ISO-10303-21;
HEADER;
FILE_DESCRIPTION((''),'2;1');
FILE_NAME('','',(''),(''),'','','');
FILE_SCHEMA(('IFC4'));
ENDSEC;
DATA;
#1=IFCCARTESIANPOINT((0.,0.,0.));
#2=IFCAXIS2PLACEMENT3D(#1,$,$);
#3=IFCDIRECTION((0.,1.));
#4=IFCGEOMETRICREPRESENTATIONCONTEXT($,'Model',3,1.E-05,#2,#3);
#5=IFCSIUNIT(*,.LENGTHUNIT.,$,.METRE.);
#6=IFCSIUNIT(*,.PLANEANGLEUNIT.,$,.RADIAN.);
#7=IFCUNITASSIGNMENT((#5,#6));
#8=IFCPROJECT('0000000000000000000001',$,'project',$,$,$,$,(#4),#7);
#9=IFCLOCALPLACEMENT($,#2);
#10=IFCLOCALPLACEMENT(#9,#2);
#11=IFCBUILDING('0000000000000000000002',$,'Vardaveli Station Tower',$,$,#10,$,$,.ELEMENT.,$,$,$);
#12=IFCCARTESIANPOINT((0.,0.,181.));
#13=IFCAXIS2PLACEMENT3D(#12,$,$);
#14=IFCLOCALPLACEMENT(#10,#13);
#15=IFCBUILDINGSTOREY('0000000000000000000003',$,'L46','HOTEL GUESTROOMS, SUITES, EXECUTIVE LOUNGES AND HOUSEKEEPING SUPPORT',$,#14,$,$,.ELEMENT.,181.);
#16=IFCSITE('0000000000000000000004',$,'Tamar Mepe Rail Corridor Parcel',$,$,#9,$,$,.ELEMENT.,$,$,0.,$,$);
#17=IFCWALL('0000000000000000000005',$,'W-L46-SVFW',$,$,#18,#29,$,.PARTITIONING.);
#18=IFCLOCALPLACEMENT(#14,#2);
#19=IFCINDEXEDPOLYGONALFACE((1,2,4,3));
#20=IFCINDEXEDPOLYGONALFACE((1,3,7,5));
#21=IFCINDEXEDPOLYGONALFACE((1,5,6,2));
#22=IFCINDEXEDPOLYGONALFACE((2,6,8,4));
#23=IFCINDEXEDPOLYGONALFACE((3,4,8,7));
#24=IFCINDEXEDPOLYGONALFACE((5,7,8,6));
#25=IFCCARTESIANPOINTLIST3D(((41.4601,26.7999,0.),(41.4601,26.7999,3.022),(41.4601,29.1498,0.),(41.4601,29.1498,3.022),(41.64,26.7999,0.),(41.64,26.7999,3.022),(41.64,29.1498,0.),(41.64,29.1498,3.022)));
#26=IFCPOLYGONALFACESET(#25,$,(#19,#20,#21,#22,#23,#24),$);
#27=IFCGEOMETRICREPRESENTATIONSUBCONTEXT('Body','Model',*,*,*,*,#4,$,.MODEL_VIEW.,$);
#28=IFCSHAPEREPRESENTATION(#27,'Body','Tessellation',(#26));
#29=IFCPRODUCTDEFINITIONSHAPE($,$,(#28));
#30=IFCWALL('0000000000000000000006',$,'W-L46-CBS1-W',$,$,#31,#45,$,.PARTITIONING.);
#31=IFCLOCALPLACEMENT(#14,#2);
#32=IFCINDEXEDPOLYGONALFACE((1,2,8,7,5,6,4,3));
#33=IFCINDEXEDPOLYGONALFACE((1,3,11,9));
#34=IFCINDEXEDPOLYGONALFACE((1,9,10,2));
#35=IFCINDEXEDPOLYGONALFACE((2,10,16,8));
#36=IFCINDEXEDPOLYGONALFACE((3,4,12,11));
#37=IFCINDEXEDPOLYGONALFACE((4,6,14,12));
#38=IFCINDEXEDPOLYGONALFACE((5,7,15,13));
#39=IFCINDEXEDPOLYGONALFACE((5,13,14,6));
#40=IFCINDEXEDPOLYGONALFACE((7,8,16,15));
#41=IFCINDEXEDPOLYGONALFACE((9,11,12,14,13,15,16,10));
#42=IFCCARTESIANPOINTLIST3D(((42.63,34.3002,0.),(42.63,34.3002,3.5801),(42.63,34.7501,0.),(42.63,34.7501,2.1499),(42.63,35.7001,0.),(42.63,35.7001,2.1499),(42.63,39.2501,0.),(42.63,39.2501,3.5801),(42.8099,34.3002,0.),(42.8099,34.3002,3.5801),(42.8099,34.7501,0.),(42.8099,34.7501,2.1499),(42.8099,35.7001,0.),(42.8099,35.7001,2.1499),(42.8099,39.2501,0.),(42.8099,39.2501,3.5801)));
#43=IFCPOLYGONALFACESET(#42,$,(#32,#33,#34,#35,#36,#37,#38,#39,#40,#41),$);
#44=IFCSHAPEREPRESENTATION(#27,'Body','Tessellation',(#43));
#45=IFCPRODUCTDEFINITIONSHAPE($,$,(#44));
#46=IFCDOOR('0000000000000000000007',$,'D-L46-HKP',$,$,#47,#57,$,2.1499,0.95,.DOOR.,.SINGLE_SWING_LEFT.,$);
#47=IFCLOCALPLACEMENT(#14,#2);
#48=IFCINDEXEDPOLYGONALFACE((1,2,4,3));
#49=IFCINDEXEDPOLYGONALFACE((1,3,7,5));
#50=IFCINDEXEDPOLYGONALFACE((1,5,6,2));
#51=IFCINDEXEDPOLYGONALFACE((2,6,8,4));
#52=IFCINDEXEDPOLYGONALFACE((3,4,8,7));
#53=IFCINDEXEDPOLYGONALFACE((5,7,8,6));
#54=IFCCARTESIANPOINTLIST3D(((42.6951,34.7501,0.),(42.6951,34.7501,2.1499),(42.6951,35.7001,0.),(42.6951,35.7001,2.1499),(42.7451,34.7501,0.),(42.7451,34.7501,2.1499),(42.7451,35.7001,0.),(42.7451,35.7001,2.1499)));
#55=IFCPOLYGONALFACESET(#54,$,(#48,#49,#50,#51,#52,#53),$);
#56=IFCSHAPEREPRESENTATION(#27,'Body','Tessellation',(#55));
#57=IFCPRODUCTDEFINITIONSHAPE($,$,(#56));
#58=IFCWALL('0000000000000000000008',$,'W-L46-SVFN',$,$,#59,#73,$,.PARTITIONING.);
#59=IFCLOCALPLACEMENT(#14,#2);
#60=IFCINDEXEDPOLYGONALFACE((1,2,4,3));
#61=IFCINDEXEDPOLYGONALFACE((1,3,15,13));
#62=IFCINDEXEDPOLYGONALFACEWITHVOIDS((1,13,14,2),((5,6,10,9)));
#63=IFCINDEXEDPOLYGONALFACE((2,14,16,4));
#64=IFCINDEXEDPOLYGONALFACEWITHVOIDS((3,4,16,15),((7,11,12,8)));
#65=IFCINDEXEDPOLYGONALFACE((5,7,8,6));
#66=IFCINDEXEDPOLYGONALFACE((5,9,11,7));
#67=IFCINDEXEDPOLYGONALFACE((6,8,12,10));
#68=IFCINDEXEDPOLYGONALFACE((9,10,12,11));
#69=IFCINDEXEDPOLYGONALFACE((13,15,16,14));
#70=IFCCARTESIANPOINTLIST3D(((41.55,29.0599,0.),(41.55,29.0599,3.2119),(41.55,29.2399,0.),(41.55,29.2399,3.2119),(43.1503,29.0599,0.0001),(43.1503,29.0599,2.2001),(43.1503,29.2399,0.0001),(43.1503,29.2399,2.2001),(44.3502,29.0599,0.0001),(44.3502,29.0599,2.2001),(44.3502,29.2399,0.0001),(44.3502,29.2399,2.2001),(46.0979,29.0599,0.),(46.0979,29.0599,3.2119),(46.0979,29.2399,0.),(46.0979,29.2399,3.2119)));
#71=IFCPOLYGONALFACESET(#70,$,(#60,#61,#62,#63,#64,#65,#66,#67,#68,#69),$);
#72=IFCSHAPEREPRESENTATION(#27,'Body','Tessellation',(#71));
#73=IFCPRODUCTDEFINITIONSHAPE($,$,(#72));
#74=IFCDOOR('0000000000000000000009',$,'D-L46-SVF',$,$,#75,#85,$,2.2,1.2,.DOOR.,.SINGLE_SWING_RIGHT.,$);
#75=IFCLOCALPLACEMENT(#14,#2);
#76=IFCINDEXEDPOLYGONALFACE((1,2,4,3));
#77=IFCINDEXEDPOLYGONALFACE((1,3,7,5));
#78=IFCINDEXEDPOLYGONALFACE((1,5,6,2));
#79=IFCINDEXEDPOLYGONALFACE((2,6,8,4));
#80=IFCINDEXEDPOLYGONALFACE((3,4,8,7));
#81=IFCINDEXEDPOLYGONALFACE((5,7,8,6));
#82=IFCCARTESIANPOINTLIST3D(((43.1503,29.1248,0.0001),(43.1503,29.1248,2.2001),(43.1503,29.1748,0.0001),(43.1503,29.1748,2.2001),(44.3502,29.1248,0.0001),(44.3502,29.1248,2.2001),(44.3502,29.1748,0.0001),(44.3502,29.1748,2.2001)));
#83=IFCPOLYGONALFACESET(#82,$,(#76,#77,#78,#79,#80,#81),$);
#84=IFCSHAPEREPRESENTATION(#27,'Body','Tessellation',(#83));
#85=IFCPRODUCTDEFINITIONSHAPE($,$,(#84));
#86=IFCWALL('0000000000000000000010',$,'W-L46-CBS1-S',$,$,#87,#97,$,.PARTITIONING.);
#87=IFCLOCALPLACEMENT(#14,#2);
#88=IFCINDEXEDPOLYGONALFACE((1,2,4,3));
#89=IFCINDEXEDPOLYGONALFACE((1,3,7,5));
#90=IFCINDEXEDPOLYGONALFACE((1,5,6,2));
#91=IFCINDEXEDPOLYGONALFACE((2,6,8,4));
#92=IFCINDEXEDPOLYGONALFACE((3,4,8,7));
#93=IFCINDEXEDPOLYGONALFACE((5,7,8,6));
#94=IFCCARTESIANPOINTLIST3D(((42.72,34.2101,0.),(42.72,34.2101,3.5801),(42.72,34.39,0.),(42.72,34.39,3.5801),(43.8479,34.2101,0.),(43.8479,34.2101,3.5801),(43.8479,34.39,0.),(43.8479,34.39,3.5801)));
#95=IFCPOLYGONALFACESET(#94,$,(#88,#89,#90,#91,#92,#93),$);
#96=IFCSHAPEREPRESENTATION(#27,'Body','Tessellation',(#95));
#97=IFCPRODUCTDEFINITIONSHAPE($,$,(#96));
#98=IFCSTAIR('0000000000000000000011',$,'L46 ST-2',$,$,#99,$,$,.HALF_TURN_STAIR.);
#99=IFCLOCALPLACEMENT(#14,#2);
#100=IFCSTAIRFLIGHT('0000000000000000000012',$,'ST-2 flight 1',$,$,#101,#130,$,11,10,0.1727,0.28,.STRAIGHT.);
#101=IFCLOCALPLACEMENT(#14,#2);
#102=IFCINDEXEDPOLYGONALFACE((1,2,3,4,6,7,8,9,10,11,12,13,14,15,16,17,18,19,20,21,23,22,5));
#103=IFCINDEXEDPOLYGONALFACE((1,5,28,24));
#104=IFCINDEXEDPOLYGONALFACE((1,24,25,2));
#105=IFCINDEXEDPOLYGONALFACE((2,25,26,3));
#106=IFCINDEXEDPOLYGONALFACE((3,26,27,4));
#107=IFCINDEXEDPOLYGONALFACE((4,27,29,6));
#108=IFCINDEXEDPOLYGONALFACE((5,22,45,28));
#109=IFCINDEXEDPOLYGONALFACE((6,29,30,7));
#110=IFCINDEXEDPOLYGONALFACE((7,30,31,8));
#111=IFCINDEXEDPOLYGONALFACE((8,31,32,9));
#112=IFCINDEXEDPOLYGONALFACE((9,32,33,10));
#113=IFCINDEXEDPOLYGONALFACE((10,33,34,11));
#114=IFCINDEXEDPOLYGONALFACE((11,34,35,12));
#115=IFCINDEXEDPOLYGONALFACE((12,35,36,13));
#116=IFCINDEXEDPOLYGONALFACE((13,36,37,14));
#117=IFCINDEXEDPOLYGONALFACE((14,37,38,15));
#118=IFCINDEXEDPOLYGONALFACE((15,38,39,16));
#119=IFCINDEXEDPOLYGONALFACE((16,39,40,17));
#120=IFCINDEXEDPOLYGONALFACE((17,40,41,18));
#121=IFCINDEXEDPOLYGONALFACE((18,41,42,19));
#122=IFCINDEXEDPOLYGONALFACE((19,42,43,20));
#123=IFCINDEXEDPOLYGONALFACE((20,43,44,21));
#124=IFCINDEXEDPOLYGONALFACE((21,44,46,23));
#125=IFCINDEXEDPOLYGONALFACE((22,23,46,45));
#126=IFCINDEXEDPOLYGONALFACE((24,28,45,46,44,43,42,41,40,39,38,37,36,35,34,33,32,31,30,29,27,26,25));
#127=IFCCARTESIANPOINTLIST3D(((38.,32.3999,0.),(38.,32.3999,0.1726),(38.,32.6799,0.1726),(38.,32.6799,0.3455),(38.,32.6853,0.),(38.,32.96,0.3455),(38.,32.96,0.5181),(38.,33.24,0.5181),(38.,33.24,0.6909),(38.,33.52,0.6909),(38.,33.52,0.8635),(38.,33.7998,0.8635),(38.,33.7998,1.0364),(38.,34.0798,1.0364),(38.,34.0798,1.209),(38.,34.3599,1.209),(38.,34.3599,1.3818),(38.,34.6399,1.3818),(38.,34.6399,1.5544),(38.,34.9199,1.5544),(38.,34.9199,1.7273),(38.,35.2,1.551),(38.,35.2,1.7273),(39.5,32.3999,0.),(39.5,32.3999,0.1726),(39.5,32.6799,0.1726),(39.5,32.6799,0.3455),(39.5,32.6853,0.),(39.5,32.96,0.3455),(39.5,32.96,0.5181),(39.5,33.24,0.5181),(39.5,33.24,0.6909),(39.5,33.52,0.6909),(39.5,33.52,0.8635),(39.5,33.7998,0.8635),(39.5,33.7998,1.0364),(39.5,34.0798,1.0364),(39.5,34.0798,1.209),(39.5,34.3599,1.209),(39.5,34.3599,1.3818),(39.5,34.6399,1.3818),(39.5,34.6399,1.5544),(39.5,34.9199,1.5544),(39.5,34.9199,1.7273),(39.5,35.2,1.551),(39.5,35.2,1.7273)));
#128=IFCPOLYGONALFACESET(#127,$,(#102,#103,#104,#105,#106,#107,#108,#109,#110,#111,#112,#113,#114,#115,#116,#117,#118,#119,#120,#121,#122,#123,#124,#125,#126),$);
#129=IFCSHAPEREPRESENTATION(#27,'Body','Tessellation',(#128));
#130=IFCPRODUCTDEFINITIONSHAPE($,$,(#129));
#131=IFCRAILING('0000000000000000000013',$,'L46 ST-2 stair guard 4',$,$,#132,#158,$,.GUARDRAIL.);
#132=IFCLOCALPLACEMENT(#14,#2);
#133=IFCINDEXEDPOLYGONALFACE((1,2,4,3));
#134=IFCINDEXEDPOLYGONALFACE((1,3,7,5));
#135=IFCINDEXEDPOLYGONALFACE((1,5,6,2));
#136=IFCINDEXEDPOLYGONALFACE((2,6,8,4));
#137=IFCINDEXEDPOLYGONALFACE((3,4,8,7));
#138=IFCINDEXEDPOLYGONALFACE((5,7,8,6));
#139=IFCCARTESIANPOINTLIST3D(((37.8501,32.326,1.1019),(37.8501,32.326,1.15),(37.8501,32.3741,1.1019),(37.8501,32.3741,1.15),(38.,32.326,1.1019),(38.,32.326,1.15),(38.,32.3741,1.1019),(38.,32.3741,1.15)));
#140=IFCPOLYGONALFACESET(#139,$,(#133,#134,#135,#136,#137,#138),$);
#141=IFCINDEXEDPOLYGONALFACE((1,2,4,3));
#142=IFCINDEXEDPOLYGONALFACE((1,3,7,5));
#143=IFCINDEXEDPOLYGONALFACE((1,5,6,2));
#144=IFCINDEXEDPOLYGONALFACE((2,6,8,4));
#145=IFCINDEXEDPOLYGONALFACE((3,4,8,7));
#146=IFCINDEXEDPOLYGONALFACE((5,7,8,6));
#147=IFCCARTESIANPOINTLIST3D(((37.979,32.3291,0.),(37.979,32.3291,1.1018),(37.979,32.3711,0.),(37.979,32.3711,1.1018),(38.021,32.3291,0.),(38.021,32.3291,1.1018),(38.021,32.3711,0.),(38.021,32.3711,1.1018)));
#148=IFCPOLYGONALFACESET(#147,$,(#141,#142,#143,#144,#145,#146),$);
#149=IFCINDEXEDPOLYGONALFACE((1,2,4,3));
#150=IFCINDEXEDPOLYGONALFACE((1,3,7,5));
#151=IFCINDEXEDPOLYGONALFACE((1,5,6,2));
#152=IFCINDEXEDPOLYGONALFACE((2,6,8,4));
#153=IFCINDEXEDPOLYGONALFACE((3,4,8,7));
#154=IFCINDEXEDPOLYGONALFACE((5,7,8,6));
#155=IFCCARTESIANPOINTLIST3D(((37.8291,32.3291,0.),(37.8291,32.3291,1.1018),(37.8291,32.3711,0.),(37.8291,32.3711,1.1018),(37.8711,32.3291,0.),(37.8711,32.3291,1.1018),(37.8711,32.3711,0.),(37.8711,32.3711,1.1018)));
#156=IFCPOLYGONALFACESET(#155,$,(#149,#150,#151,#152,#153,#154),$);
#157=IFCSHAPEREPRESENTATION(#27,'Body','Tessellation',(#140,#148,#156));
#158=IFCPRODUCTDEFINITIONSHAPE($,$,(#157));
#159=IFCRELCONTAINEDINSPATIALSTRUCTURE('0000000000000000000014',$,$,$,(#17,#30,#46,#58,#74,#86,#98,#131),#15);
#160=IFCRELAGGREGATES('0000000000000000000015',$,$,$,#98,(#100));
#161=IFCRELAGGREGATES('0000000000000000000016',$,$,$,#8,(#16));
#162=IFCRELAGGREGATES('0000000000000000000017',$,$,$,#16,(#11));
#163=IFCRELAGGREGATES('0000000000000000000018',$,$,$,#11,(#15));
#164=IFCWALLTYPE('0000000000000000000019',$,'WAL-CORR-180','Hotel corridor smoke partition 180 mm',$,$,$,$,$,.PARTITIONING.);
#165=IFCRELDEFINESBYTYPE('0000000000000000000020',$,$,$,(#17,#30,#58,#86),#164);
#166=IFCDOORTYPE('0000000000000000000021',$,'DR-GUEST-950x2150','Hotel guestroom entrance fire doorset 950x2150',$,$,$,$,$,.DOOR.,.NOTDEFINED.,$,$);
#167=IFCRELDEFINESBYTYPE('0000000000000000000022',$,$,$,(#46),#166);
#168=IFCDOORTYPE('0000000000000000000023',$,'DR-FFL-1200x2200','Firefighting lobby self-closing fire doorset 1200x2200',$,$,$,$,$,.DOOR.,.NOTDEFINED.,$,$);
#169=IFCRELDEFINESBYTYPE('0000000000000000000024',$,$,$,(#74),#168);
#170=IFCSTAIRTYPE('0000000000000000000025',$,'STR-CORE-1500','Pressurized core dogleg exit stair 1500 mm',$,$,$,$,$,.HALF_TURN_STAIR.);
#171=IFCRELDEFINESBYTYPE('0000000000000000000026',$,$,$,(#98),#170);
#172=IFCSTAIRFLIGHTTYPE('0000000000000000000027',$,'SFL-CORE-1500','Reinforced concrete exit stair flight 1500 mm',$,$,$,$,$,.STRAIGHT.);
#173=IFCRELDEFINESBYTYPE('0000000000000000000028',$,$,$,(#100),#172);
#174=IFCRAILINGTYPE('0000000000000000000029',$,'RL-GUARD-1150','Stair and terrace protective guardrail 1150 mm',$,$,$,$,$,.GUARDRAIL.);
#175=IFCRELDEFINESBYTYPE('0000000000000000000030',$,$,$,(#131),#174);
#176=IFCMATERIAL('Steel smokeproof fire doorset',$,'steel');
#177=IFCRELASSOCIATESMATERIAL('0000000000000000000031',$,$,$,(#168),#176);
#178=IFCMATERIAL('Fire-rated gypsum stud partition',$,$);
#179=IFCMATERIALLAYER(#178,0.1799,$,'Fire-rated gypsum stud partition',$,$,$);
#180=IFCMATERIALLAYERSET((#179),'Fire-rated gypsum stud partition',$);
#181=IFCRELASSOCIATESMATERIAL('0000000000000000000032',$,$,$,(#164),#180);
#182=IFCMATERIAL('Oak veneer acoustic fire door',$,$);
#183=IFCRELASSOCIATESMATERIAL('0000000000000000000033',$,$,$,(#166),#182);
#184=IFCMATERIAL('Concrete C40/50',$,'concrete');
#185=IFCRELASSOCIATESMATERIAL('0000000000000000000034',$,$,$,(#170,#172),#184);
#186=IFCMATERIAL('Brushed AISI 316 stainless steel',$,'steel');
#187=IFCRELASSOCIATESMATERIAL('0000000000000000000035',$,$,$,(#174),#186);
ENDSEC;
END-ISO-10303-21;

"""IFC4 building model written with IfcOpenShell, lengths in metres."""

from ifc_helpers import new_model, si_unit, direction, frame, frame_2d, origin, origin_2d, place, context, subcontext, project, spatial, polyline, rectangle, outline, extrude, source, transform, mapped, material, layer, layer_set, type_object, element, fill, aggregate, save


model = new_model("IFC4")

# Units and contexts
model_context = context("Model", 3, precision=1e-05, world=origin(), true_north=direction((0.0, 1.0)))
body_context = subcontext(model_context, "Body", "Model", "MODEL_VIEW")
ifc_project = project(units=[si_unit("LENGTHUNIT", "METRE"), si_unit("PLANEANGLEUNIT", "RADIAN")], contexts=[model_context])

# Site, building, storey
site_placement = place(None, origin())
site = spatial("IfcSite", under=ifc_project, at=site_placement, Name="Tamar Mepe Rail Corridor Parcel", CompositionType="ELEMENT", RefElevation=0.0)
building_placement = place(site_placement, origin())
building = spatial("IfcBuilding", under=site, at=building_placement, Name="Vardaveli Station Tower", CompositionType="ELEMENT")
storey_placement = place(building_placement, frame((0.0, 0.0, 181.0)))
storey = spatial("IfcBuildingStorey", under=building, at=storey_placement, Name="L46", Description="HOTEL GUESTROOMS, SUITES, EXECUTIVE LOUNGES AND HOUSEKEEPING SUPPORT", CompositionType="ELEMENT", Elevation=181.0)

# Shared definitions
ifc_material_1 = material(Name="Concrete C40/50", Category="concrete")

# Shared definitions
ifc_material_2 = material(Name="Steel smokeproof fire doorset", Category="steel")
door_type_1 = type_object("IfcDoorType", Name="DR-FFL-1200x2200", Description="Firefighting lobby self-closing fire doorset 1200x2200", OperationType="NOTDEFINED", PredefinedType="DOOR", material=ifc_material_2)
shared_shape_1 = source(origin(), body_context, "Body", "SweptSolid", [
    extrude(rectangle(XDim=1.2, YDim=2.2, at=frame_2d((0.6001, 1.1001))), frame((0.0, 0.0249, 0.0), z_axis=(0.0, -1.0, 0.0), x_axis=(1.0, 0.0, 0.0)), (0.0, 0.0, 1.0), 0.05),
])

# Wall
ifc_material_3 = material(Name="Fire-rated gypsum stud partition")
ifc_layer_1 = layer(ifc_material_3, 0.1799, Name="Fire-rated gypsum stud partition")
ifc_layer_set_1 = layer_set([ifc_layer_1], Name="Fire-rated gypsum stud partition")
wall_type_1 = type_object("IfcWallType", Name="WAL-CORR-180", Description="Hotel corridor smoke partition 180 mm", PredefinedType="PARTITIONING", material=ifc_layer_set_1)
shared_shape_2 = source(origin(), body_context, "Body", "SweptSolid", [
    extrude(rectangle(XDim=2.3499, YDim=0.1799, at=frame_2d((1.1748, 0.0))), origin(), (0.0, 0.0, 1.0), 3.022),
])
wall_1_placement = place(storey_placement, frame((41.55, 26.8, 0.0), z_axis=(0.0, 0.0, 1.0), x_axis=(0.0, 1.0, 0.0)))
element("IfcWall", 1, at=wall_1_placement, inside=storey, type_object=wall_type_1, Name="W-L46-SVFW", PredefinedType="PARTITIONING", context=body_context, shape_type="MappedRepresentation", body=[
    mapped(shared_shape_2, transform((0.0, 0.0, 0.0), scale=1.0)),
])

# Walls, openings, doors
shared_shape_3 = source(origin(), body_context, "Body", "SweptSolid", [
    extrude(rectangle(XDim=4.95, YDim=0.1799, at=frame_2d((2.4751, 0.0))), origin(), (0.0, 0.0, 1.0), 3.5801),
])
wall_2_placement = place(storey_placement, frame((42.72, 34.3, 0.0), z_axis=(0.0, 0.0, 1.0), x_axis=(0.0, 1.0, 0.0)))
wall_2 = element("IfcWall", 2, at=wall_2_placement, inside=storey, type_object=wall_type_1, Name="W-L46-CBS1-W", PredefinedType="PARTITIONING", context=body_context, shape_type="MappedRepresentation", body=[
    mapped(shared_shape_3, transform((0.0, 0.0, 0.0), scale=1.0)),
])
shared_shape_4 = source(origin(), body_context, "Body", "SweptSolid", [
    extrude(rectangle(XDim=0.95, YDim=2.1499, at=frame_2d((0.4751, 1.075))), frame((0.0, 0.1001, 0.0), z_axis=(0.0, -1.0, 0.0), x_axis=(1.0, 0.0, 0.0)), (0.0, 0.0, 1.0), 0.2),
])
opening_1_placement = place(wall_2_placement, frame((0.45, 0.0, 0.0)))
opening_1 = element("IfcOpeningElement", 3, at=opening_1_placement, cuts=wall_2, PredefinedType="OPENING", context=body_context, shape_type="MappedRepresentation", body=[
    mapped(shared_shape_4, transform((0.0, 0.0, 0.0), scale=1.0)),
])
ifc_material_4 = material(Name="Oak veneer acoustic fire door")
door_type_2 = type_object("IfcDoorType", Name="DR-GUEST-950x2150", Description="Hotel guestroom entrance fire doorset 950x2150", OperationType="NOTDEFINED", PredefinedType="DOOR", material=ifc_material_4)
shared_shape_5 = source(origin(), body_context, "Body", "SweptSolid", [
    extrude(rectangle(XDim=0.95, YDim=2.1499, at=frame_2d((0.4751, 1.075))), frame((0.0, 0.0249, 0.0), z_axis=(0.0, -1.0, 0.0), x_axis=(1.0, 0.0, 0.0)), (0.0, 0.0, 1.0), 0.05),
])
door_1_placement = place(opening_1_placement, origin())
door_1 = element("IfcDoor", 4, at=door_1_placement, inside=storey, type_object=door_type_2, Name="D-L46-HKP", OperationType="SINGLE_SWING_LEFT", OverallHeight=2.1499, OverallWidth=0.95, PredefinedType="DOOR", context=body_context, shape_type="MappedRepresentation", body=[
    mapped(shared_shape_5, transform((0.0, 0.0, 0.0), scale=1.0)),
])
fill(opening_1, door_1)
shared_shape_6 = source(origin(), body_context, "Body", "SweptSolid", [
    extrude(rectangle(XDim=4.5479, YDim=0.1799, at=frame_2d((2.2739, 0.0))), origin(), (0.0, 0.0, 1.0), 3.2119),
])
wall_3_placement = place(storey_placement, frame((41.55, 29.1499, 0.0), z_axis=(0.0, 0.0, 1.0), x_axis=(1.0, 0.0, 0.0)))
wall_3 = element("IfcWall", 5, at=wall_3_placement, inside=storey, type_object=wall_type_1, Name="W-L46-SVFN", PredefinedType="PARTITIONING", context=body_context, shape_type="MappedRepresentation", body=[
    mapped(shared_shape_6, transform((0.0, 0.0, 0.0), scale=1.0)),
])
shared_shape_7 = source(origin(), body_context, "Body", "SweptSolid", [
    extrude(rectangle(XDim=1.2, YDim=2.2, at=frame_2d((0.6001, 1.1001))), frame((0.0, 0.1001, 0.0), z_axis=(0.0, -1.0, 0.0), x_axis=(1.0, 0.0, 0.0)), (0.0, 0.0, 1.0), 0.2),
])
opening_2_placement = place(wall_3_placement, frame((1.6001, 0.0, 0.0)))
opening_2 = element("IfcOpeningElement", 6, at=opening_2_placement, cuts=wall_3, PredefinedType="OPENING", context=body_context, shape_type="MappedRepresentation", body=[
    mapped(shared_shape_7, transform((0.0, 0.0, 0.0), scale=1.0)),
])
door_2_placement = place(opening_2_placement, origin())
door_2 = element("IfcDoor", 7, at=door_2_placement, inside=storey, type_object=door_type_1, Name="D-L46-SVF", OperationType="SINGLE_SWING_RIGHT", OverallHeight=2.2, OverallWidth=1.2, PredefinedType="DOOR", context=body_context, shape_type="MappedRepresentation", body=[
    mapped(shared_shape_1, transform((0.0, 0.0, 0.0), scale=1.0)),
])
fill(opening_2, door_2)

# Wall
shared_shape_8 = source(origin(), body_context, "Body", "SweptSolid", [
    extrude(rectangle(XDim=1.1279, YDim=0.1799, at=frame_2d((0.564, 0.0))), origin(), (0.0, 0.0, 1.0), 3.5801),
])
wall_4_placement = place(storey_placement, frame((42.72, 34.3, 0.0), z_axis=(0.0, 0.0, 1.0), x_axis=(1.0, 0.0, 0.0)))
element("IfcWall", 8, at=wall_4_placement, inside=storey, type_object=wall_type_1, Name="W-L46-CBS1-S", PredefinedType="PARTITIONING", context=body_context, shape_type="MappedRepresentation", body=[
    mapped(shared_shape_8, transform((0.0, 0.0, 0.0), scale=1.0)),
])

# Stair, stair flight
stair_type = type_object("IfcStairType", Name="STR-CORE-1500", Description="Pressurized core dogleg exit stair 1500 mm", PredefinedType="HALF_TURN_STAIR", material=ifc_material_1)
stair_placement = place(storey_placement, origin())
stair = element("IfcStair", 9, at=stair_placement, inside=storey, type_object=stair_type, Name="L46 ST-2", PredefinedType="HALF_TURN_STAIR")
stair_flight_type = type_object("IfcStairFlightType", Name="SFL-CORE-1500", Description="Reinforced concrete exit stair flight 1500 mm", PredefinedType="STRAIGHT", material=ifc_material_1)
shared_shape_9 = source(origin(), body_context, "Body", "SweptSolid", [
    extrude(outline(polyline([(0.0, 0.0), (0.0, 0.1726), (0.28, 0.1726), (0.28, 0.3455), (0.5601, 0.3455), (0.5601, 0.5181), (0.8401, 0.5181), (0.8401, 0.6909), (1.1201, 0.6909), (1.1201, 0.8635), (1.3999, 0.8635), (1.3999, 1.0364), (1.6799, 1.0364), (1.6799, 1.209), (1.96, 1.209), (1.96, 1.3818), (2.24, 1.3818), (2.24, 1.5544), (2.52, 1.5544), (2.52, 1.7273), (2.8, 1.7273), (2.8, 1.8999), (2.8, 1.551), (0.2854, 0.0), (0.0, 0.0)])), frame((0.0, 0.75, 0.0), z_axis=(0.0, -1.0, 0.0), x_axis=(1.0, 0.0, 0.0)), (0.0, 0.0, 1.0), 1.5),
])
stair_flight_placement = place(storey_placement, frame((38.75, 32.3999, 0.0), z_axis=(0.0, 0.0, 1.0), x_axis=(0.0, 1.0, 0.0)))
stair_flight = element("IfcStairFlight", 10, at=stair_flight_placement, type_object=stair_flight_type, Name="ST-2 flight 1", NumberOfRisers=11, NumberOfTreads=10, PredefinedType="STRAIGHT", RiserHeight=0.1727, TreadLength=0.28, context=body_context, shape_type="MappedRepresentation", body=[
    mapped(shared_shape_9, transform((0.0, 0.0, 0.0), scale=1.0)),
])
aggregate(stair, [stair_flight])

# Railing
ifc_material_5 = material(Name="Brushed AISI 316 stainless steel", Category="steel")
railing_type_1 = type_object("IfcRailingType", Name="RL-GUARD-1150", Description="Stair and terrace protective guardrail 1150 mm", PredefinedType="GUARDRAIL", material=ifc_material_5)
shared_shape_10 = source(origin(), body_context, "Body", "SweptSolid", [
    extrude(rectangle(XDim=0.0481, YDim=0.0481, at=origin_2d()), frame((0.0, 0.0, 1.126), z_axis=(-1.0, 0.0, 0.0), x_axis=(0.0, -1.0, 0.0)), (0.0, 0.0, 1.0), 0.1499),
    extrude(rectangle(XDim=0.042, YDim=0.042, at=origin_2d()), origin(), (0.0, 0.0, 1.0), 1.1018),
    extrude(rectangle(XDim=0.042, YDim=0.042, at=origin_2d()), frame((-0.1499, 0.0, 0.0)), (0.0, 0.0, 1.0), 1.1018),
])
railing_1_placement = place(storey_placement, frame((38.0, 32.3501, 0.0)))
element("IfcRailing", 11, at=railing_1_placement, inside=storey, type_object=railing_type_1, Name="L46 ST-2 stair guard 4", PredefinedType="GUARDRAIL", context=body_context, shape_type="MappedRepresentation", body=[
    mapped(shared_shape_10, transform((0.0, 0.0, 0.0), scale=1.0)),
])

save(model, "model.ifc")
